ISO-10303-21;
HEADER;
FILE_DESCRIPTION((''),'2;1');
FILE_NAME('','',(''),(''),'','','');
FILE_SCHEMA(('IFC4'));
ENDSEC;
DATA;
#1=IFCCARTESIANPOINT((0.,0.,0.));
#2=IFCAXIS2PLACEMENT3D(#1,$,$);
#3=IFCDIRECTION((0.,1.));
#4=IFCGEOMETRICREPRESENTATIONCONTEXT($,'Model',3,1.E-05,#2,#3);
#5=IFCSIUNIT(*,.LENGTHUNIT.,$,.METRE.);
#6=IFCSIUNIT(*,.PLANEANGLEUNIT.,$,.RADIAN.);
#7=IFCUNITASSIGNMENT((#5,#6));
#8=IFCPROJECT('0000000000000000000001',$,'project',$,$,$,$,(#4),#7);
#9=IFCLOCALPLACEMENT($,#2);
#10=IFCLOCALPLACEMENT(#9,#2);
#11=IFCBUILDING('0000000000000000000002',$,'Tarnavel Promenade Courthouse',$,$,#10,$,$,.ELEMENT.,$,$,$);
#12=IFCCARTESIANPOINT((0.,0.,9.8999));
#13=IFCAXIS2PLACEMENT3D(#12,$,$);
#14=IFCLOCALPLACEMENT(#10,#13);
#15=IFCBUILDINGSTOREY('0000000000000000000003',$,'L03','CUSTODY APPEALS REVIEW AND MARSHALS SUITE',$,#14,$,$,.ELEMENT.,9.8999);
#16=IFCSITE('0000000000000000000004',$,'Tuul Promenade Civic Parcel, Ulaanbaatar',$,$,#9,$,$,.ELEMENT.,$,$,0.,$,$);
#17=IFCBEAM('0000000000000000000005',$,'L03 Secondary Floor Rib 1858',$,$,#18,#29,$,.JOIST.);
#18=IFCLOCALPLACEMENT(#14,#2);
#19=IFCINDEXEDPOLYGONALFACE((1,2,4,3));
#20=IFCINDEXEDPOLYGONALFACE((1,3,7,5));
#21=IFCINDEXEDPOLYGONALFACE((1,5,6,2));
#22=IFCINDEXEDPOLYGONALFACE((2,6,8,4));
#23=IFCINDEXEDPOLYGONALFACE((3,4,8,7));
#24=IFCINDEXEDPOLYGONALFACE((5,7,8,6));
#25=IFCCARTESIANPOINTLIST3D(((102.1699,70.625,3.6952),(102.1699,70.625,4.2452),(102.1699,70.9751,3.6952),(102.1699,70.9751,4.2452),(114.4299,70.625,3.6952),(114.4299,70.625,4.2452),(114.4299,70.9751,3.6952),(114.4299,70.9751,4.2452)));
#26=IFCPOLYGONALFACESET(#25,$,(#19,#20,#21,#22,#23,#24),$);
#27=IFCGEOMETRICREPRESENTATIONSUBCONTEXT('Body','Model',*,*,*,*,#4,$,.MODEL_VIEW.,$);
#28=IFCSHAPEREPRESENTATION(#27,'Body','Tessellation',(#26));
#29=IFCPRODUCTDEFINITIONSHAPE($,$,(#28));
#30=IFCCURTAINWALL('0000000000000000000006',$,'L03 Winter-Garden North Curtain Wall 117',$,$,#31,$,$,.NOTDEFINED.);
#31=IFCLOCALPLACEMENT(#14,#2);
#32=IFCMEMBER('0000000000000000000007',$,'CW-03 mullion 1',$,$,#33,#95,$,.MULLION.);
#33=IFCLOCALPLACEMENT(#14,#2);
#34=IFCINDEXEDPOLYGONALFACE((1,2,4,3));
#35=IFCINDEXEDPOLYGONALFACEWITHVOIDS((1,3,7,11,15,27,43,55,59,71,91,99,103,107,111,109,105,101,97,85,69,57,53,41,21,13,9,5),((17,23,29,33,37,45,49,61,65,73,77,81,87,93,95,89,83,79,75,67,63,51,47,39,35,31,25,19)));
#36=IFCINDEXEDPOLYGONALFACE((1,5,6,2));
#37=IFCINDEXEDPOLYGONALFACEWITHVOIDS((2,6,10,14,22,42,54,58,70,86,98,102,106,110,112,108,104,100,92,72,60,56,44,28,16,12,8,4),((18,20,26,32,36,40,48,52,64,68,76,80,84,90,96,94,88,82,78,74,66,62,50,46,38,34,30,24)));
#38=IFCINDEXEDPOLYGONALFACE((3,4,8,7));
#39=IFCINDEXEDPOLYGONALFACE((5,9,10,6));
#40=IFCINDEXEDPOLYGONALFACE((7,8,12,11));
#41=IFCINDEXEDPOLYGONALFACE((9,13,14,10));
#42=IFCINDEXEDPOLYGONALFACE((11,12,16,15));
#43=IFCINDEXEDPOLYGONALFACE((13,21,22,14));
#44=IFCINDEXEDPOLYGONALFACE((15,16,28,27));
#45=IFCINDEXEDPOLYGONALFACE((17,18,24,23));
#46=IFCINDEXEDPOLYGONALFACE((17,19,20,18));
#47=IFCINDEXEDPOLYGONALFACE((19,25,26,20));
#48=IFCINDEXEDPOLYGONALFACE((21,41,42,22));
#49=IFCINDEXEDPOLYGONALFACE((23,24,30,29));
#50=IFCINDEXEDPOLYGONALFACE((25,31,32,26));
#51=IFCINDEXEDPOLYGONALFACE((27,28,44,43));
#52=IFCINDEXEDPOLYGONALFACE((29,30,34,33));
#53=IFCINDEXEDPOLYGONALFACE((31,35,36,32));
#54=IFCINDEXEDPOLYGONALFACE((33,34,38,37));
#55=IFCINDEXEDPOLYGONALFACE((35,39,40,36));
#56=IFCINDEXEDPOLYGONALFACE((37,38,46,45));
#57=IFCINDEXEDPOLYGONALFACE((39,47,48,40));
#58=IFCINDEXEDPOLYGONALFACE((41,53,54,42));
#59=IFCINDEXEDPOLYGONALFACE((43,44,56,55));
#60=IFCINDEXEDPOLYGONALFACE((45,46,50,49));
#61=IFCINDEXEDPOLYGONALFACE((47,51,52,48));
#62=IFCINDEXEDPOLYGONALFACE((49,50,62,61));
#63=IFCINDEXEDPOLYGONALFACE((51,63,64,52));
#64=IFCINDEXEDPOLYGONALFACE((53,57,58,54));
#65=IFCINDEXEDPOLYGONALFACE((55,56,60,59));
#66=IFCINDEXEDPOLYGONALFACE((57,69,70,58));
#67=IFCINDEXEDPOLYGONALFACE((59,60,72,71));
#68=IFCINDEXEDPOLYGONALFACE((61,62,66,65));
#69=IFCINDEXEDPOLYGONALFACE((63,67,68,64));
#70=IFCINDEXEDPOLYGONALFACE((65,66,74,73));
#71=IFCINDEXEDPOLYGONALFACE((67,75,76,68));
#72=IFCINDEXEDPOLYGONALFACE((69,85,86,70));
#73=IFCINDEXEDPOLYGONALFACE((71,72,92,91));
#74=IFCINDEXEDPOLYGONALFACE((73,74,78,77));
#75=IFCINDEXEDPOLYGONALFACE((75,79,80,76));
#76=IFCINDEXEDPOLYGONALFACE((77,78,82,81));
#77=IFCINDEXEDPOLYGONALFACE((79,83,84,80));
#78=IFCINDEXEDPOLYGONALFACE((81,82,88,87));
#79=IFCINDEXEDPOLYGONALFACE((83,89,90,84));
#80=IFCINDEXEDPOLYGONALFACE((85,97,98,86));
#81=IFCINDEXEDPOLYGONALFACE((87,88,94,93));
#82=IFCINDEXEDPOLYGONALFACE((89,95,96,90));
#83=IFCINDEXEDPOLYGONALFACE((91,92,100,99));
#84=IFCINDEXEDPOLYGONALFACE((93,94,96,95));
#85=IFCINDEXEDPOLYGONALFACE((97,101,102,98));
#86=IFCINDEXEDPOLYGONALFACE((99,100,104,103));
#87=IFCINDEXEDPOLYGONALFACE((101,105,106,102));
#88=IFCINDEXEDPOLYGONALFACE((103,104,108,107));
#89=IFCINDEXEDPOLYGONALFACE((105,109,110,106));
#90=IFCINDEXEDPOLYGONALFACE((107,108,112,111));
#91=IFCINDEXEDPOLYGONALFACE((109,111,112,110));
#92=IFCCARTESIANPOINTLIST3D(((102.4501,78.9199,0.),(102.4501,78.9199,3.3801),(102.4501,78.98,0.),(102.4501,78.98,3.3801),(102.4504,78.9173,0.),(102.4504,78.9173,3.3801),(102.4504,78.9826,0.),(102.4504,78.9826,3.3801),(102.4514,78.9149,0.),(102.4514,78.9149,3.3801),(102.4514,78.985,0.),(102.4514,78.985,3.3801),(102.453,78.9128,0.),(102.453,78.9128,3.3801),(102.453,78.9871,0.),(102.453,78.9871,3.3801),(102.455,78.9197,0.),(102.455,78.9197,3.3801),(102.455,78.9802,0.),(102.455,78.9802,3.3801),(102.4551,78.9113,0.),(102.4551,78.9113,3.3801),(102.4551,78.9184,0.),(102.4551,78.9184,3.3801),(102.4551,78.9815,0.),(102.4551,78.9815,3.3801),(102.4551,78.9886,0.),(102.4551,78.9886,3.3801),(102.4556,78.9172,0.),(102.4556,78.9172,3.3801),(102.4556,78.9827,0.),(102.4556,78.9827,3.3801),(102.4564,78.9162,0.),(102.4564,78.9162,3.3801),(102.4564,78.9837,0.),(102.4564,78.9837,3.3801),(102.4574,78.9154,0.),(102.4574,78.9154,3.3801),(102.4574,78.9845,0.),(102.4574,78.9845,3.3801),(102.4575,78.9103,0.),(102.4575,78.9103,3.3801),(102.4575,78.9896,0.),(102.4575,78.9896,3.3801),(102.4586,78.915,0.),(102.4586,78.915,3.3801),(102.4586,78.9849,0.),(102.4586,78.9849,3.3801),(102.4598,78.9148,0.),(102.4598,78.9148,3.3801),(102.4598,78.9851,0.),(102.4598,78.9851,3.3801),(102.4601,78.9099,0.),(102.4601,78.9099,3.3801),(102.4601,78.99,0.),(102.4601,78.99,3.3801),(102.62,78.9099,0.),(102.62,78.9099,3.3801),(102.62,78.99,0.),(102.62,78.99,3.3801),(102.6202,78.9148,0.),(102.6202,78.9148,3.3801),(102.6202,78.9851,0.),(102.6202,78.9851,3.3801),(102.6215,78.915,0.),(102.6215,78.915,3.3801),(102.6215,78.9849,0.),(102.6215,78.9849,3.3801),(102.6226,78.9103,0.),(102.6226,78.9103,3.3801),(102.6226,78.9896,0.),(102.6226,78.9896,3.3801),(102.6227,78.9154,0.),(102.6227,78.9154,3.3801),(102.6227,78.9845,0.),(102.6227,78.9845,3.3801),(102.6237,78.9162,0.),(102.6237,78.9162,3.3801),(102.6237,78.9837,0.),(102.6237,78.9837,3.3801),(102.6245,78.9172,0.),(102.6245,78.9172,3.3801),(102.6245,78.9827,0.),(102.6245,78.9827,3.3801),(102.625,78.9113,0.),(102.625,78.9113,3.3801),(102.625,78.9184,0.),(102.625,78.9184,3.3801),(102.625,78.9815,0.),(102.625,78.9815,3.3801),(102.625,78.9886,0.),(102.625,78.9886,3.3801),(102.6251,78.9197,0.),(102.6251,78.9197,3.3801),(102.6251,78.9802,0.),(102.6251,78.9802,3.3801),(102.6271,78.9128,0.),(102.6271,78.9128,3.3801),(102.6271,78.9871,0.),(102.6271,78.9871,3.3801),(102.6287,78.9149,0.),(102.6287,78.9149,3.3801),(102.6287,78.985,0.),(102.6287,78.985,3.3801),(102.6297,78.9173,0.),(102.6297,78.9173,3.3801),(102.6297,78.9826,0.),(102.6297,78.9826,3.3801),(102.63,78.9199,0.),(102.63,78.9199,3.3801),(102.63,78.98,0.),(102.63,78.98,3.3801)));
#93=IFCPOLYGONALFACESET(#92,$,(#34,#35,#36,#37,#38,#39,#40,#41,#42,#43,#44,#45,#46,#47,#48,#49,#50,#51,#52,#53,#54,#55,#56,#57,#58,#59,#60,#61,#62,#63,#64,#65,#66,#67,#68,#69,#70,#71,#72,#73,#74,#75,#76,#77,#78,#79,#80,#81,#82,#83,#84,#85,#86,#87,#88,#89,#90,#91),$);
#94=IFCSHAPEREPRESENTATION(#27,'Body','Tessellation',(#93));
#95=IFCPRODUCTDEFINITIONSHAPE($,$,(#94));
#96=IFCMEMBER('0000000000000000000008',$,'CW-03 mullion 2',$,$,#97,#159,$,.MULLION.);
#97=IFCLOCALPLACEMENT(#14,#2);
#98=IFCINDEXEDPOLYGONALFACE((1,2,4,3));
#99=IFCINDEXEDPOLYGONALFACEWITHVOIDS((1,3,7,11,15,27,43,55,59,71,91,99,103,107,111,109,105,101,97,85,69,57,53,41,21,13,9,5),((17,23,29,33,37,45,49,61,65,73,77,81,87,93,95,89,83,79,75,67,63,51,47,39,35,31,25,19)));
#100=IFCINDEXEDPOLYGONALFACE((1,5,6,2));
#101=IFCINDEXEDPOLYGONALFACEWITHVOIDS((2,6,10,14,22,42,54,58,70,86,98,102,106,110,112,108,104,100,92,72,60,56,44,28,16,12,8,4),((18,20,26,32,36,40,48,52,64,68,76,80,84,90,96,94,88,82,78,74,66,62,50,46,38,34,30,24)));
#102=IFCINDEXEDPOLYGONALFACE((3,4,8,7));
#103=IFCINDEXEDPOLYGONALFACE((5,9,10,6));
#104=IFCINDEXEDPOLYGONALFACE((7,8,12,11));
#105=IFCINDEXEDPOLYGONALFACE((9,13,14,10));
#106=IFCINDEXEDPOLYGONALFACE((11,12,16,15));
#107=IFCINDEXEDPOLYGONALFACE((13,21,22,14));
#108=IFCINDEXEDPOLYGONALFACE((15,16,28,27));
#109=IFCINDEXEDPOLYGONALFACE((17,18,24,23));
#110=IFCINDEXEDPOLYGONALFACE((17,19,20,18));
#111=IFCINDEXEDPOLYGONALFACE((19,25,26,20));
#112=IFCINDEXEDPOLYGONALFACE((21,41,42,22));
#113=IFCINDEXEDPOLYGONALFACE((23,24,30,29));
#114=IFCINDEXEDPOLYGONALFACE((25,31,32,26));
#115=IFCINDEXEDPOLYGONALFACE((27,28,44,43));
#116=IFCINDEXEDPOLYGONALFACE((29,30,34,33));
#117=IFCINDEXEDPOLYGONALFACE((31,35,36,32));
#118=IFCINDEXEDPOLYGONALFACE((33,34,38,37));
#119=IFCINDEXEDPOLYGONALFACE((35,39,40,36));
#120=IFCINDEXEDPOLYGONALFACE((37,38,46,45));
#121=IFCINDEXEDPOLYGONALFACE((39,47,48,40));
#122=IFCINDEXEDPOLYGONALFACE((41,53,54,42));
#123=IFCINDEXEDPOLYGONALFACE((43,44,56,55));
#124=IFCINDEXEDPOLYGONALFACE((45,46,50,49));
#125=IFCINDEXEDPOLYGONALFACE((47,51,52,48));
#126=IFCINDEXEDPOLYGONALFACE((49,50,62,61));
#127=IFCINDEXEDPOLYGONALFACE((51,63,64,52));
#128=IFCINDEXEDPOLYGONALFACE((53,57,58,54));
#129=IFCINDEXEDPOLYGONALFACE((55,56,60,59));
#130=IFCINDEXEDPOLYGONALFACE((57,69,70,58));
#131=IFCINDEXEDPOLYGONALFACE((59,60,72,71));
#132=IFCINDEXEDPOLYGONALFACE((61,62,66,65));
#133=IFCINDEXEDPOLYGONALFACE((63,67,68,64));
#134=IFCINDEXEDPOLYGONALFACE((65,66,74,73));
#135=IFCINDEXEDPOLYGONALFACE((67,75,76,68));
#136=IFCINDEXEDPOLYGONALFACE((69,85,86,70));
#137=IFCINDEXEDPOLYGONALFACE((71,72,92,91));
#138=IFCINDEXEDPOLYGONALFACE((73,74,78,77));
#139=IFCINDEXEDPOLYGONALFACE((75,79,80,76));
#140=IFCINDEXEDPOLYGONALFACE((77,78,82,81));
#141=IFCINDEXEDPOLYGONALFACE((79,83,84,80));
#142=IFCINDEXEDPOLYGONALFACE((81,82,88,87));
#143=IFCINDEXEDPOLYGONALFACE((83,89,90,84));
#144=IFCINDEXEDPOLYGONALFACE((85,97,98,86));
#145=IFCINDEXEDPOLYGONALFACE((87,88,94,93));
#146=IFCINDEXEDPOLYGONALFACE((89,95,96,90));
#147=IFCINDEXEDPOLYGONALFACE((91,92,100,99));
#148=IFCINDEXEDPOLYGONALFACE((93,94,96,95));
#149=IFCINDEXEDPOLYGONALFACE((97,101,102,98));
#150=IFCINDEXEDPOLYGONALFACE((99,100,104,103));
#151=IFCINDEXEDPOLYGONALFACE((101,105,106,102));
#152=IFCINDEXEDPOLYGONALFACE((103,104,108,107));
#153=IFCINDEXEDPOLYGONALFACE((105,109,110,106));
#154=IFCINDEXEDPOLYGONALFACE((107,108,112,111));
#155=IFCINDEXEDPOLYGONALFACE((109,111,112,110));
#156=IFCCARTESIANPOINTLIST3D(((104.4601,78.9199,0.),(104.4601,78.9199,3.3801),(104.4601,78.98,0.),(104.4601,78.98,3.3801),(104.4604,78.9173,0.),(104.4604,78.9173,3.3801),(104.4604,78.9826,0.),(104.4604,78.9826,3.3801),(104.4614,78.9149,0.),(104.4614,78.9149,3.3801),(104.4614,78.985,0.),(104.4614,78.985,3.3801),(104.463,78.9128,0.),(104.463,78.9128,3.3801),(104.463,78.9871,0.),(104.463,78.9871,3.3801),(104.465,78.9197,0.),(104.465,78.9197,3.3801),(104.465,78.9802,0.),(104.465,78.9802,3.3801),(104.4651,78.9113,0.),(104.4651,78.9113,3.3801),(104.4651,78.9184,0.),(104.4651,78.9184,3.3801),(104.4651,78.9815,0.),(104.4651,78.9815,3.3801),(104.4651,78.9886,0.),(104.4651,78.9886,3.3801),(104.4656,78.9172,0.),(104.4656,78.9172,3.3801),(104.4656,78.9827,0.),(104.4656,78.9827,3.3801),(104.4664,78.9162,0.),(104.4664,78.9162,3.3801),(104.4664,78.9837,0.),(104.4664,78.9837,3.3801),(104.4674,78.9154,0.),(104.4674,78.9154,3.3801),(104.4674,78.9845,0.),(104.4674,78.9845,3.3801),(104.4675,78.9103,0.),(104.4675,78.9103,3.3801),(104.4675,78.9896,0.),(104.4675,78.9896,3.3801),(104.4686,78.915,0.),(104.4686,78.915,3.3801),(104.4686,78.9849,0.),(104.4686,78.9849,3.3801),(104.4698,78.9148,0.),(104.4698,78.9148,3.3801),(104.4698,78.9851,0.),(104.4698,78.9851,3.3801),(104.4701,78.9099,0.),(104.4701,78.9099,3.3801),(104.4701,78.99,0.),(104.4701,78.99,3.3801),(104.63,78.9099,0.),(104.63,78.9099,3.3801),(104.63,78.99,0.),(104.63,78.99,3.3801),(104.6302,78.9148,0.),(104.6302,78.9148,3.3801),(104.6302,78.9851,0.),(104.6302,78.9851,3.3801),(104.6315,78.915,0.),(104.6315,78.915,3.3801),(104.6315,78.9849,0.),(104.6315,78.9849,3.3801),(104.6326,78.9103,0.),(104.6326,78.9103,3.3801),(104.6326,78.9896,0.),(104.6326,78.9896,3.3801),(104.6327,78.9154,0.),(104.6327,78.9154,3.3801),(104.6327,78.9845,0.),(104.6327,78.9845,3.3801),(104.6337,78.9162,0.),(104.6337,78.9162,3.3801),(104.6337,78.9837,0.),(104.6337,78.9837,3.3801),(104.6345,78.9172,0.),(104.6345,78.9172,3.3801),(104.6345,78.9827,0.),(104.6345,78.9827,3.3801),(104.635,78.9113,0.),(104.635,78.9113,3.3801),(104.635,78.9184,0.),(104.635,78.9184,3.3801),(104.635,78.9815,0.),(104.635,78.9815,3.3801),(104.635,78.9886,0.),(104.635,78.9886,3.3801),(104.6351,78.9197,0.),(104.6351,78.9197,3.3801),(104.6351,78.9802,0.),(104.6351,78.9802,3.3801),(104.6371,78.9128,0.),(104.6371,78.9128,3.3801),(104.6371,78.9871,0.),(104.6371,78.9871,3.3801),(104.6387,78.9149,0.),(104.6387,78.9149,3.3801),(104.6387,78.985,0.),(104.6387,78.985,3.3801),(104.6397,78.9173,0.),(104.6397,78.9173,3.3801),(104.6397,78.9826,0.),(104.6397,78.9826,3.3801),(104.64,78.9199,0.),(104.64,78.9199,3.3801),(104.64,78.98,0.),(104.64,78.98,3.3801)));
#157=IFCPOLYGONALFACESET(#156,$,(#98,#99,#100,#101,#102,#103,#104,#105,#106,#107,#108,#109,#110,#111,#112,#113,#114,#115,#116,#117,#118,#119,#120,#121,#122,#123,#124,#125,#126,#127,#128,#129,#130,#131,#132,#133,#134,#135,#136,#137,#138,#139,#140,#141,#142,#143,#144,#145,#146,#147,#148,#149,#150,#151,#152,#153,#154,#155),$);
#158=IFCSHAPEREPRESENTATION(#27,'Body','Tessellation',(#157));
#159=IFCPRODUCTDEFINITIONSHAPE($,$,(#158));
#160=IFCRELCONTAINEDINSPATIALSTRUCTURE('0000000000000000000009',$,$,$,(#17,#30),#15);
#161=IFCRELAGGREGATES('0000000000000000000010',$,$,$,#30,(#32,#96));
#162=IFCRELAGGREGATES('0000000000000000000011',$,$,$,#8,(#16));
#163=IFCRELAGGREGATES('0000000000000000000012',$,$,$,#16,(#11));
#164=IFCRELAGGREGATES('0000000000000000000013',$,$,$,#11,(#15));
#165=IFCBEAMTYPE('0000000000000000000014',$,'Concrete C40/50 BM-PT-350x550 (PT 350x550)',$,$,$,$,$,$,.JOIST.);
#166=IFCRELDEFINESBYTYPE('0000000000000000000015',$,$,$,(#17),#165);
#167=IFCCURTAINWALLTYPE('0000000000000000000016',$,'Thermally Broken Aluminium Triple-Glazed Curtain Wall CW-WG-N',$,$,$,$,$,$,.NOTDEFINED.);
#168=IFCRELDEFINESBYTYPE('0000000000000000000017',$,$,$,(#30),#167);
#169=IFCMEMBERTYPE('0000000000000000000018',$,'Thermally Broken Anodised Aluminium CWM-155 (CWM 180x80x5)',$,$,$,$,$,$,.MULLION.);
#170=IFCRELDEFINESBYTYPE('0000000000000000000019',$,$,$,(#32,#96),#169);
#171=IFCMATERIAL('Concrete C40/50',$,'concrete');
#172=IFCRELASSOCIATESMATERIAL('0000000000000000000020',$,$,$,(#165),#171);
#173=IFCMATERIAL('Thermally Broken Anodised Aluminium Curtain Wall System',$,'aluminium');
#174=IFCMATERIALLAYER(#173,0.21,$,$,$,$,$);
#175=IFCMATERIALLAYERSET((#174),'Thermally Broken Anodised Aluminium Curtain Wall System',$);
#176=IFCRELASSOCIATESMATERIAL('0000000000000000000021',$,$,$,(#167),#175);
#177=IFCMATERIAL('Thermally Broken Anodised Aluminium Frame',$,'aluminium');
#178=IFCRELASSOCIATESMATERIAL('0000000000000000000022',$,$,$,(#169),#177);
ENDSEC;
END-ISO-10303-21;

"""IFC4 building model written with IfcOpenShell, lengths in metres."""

from ifc_helpers import new_model, si_unit, direction, frame, origin, origin_2d, place, context, subcontext, project, spatial, rectangle, hollow_rectangle, extrude, material, layer, layer_set, material_profile, profile_set, type_object, element, aggregate, save


model = new_model("IFC4")

# Units and contexts
model_context = context("Model", 3, precision=1e-05, world=origin(), true_north=direction((0.0, 1.0)))
body_context = subcontext(model_context, "Body", "Model", "MODEL_VIEW")
ifc_project = project(units=[si_unit("LENGTHUNIT", "METRE"), si_unit("PLANEANGLEUNIT", "RADIAN")], contexts=[model_context])

# Site, building, storey
site_placement = place(None, origin())
site = spatial("IfcSite", under=ifc_project, at=site_placement, Name="Tuul Promenade Civic Parcel, Ulaanbaatar", CompositionType="ELEMENT", RefElevation=0.0)
building_placement = place(site_placement, origin())
building = spatial("IfcBuilding", under=site, at=building_placement, Name="Tarnavel Promenade Courthouse", CompositionType="ELEMENT")
storey_placement = place(building_placement, frame((0.0, 0.0, 9.8999)))
storey = spatial("IfcBuildingStorey", under=building, at=storey_placement, Name="L03", Description="CUSTODY APPEALS REVIEW AND MARSHALS SUITE", CompositionType="ELEMENT", Elevation=9.8999)

# Beam
ifc_material_1 = material(Name="Concrete C40/50", Category="concrete")
ifc_material_profile_1 = material_profile(ifc_material_1, rectangle(XDim=0.3501, YDim=0.55, at=origin_2d()), Name="PT 350x550")
ifc_profile_set_1 = profile_set([ifc_material_profile_1], Name="Concrete C40/50")
beam_type = type_object("IfcBeamType", Name="Concrete C40/50 BM-PT-350x550 (PT 350x550)", PredefinedType="JOIST", material=ifc_profile_set_1)
beam_placement = place(storey_placement, frame((102.1699, 70.8, 3.9702), z_axis=(1.0, 0.0, 0.0), x_axis=(0.0, 1.0, 0.0)))
element("IfcBeam", 1, at=beam_placement, inside=storey, type_object=beam_type, Name="L03 Secondary Floor Rib 1858", PredefinedType="JOIST", context=body_context, shape_type="SweptSolid", body=[
    extrude(rectangle(XDim=0.3501, YDim=0.55, at=origin_2d()), origin(), (0.0, 0.0, 1.0), 12.26),
])

# Curtain wall, members
ifc_material_2 = material(Name="Thermally Broken Anodised Aluminium Curtain Wall System", Category="aluminium")
ifc_layer_1 = layer(ifc_material_2, 0.21)
ifc_layer_set_1 = layer_set([ifc_layer_1], Name="Thermally Broken Anodised Aluminium Curtain Wall System")
curtain_wall_type = type_object("IfcCurtainWallType", Name="Thermally Broken Aluminium Triple-Glazed Curtain Wall CW-WG-N", PredefinedType="NOTDEFINED", material=ifc_layer_set_1)
curtain_wall_1_placement = place(storey_placement, origin())
curtain_wall_1 = element("IfcCurtainWall", 2, at=curtain_wall_1_placement, inside=storey, type_object=curtain_wall_type, Name="L03 Winter-Garden North Curtain Wall 117", PredefinedType="NOTDEFINED")
ifc_material_3 = material(Name="Thermally Broken Anodised Aluminium Frame", Category="aluminium")
ifc_material_profile_2 = material_profile(ifc_material_3, hollow_rectangle(XDim=0.0801, YDim=0.1799, WallThickness=0.0049, InnerFilletRadius=0.0049, OuterFilletRadius=0.01, at=origin_2d()), Name="CWM 180x80x5")
ifc_profile_set_2 = profile_set([ifc_material_profile_2], Name="Thermally Broken Anodised Aluminium Frame")
member_type_1 = type_object("IfcMemberType", Name="Thermally Broken Anodised Aluminium CWM-155 (CWM 180x80x5)", PredefinedType="MULLION", material=ifc_profile_set_2)
member_1_placement = place(storey_placement, frame((102.54, 78.95, 0.0), z_axis=(0.0, 0.0, 1.0), x_axis=(0.0, 1.0, 0.0)))
member_1 = element("IfcMember", 3, at=member_1_placement, type_object=member_type_1, Name="CW-03 mullion 1", PredefinedType="MULLION", context=body_context, shape_type="SweptSolid", body=[
    extrude(hollow_rectangle(XDim=0.0801, YDim=0.1799, WallThickness=0.0049, InnerFilletRadius=0.0049, OuterFilletRadius=0.01, at=origin_2d()), origin(), (0.0, 0.0, 1.0), 3.3801),
])
member_2_placement = place(storey_placement, frame((104.55, 78.95, 0.0), z_axis=(0.0, 0.0, 1.0), x_axis=(0.0, 1.0, 0.0)))
member_2 = element("IfcMember", 4, at=member_2_placement, type_object=member_type_1, Name="CW-03 mullion 2", PredefinedType="MULLION", context=body_context, shape_type="SweptSolid", body=[
    extrude(hollow_rectangle(XDim=0.0801, YDim=0.1799, WallThickness=0.0049, InnerFilletRadius=0.0049, OuterFilletRadius=0.01, at=origin_2d()), origin(), (0.0, 0.0, 1.0), 3.3801),
])

aggregate(curtain_wall_1, [member_1, member_2])

save(model, "model.ifc")
